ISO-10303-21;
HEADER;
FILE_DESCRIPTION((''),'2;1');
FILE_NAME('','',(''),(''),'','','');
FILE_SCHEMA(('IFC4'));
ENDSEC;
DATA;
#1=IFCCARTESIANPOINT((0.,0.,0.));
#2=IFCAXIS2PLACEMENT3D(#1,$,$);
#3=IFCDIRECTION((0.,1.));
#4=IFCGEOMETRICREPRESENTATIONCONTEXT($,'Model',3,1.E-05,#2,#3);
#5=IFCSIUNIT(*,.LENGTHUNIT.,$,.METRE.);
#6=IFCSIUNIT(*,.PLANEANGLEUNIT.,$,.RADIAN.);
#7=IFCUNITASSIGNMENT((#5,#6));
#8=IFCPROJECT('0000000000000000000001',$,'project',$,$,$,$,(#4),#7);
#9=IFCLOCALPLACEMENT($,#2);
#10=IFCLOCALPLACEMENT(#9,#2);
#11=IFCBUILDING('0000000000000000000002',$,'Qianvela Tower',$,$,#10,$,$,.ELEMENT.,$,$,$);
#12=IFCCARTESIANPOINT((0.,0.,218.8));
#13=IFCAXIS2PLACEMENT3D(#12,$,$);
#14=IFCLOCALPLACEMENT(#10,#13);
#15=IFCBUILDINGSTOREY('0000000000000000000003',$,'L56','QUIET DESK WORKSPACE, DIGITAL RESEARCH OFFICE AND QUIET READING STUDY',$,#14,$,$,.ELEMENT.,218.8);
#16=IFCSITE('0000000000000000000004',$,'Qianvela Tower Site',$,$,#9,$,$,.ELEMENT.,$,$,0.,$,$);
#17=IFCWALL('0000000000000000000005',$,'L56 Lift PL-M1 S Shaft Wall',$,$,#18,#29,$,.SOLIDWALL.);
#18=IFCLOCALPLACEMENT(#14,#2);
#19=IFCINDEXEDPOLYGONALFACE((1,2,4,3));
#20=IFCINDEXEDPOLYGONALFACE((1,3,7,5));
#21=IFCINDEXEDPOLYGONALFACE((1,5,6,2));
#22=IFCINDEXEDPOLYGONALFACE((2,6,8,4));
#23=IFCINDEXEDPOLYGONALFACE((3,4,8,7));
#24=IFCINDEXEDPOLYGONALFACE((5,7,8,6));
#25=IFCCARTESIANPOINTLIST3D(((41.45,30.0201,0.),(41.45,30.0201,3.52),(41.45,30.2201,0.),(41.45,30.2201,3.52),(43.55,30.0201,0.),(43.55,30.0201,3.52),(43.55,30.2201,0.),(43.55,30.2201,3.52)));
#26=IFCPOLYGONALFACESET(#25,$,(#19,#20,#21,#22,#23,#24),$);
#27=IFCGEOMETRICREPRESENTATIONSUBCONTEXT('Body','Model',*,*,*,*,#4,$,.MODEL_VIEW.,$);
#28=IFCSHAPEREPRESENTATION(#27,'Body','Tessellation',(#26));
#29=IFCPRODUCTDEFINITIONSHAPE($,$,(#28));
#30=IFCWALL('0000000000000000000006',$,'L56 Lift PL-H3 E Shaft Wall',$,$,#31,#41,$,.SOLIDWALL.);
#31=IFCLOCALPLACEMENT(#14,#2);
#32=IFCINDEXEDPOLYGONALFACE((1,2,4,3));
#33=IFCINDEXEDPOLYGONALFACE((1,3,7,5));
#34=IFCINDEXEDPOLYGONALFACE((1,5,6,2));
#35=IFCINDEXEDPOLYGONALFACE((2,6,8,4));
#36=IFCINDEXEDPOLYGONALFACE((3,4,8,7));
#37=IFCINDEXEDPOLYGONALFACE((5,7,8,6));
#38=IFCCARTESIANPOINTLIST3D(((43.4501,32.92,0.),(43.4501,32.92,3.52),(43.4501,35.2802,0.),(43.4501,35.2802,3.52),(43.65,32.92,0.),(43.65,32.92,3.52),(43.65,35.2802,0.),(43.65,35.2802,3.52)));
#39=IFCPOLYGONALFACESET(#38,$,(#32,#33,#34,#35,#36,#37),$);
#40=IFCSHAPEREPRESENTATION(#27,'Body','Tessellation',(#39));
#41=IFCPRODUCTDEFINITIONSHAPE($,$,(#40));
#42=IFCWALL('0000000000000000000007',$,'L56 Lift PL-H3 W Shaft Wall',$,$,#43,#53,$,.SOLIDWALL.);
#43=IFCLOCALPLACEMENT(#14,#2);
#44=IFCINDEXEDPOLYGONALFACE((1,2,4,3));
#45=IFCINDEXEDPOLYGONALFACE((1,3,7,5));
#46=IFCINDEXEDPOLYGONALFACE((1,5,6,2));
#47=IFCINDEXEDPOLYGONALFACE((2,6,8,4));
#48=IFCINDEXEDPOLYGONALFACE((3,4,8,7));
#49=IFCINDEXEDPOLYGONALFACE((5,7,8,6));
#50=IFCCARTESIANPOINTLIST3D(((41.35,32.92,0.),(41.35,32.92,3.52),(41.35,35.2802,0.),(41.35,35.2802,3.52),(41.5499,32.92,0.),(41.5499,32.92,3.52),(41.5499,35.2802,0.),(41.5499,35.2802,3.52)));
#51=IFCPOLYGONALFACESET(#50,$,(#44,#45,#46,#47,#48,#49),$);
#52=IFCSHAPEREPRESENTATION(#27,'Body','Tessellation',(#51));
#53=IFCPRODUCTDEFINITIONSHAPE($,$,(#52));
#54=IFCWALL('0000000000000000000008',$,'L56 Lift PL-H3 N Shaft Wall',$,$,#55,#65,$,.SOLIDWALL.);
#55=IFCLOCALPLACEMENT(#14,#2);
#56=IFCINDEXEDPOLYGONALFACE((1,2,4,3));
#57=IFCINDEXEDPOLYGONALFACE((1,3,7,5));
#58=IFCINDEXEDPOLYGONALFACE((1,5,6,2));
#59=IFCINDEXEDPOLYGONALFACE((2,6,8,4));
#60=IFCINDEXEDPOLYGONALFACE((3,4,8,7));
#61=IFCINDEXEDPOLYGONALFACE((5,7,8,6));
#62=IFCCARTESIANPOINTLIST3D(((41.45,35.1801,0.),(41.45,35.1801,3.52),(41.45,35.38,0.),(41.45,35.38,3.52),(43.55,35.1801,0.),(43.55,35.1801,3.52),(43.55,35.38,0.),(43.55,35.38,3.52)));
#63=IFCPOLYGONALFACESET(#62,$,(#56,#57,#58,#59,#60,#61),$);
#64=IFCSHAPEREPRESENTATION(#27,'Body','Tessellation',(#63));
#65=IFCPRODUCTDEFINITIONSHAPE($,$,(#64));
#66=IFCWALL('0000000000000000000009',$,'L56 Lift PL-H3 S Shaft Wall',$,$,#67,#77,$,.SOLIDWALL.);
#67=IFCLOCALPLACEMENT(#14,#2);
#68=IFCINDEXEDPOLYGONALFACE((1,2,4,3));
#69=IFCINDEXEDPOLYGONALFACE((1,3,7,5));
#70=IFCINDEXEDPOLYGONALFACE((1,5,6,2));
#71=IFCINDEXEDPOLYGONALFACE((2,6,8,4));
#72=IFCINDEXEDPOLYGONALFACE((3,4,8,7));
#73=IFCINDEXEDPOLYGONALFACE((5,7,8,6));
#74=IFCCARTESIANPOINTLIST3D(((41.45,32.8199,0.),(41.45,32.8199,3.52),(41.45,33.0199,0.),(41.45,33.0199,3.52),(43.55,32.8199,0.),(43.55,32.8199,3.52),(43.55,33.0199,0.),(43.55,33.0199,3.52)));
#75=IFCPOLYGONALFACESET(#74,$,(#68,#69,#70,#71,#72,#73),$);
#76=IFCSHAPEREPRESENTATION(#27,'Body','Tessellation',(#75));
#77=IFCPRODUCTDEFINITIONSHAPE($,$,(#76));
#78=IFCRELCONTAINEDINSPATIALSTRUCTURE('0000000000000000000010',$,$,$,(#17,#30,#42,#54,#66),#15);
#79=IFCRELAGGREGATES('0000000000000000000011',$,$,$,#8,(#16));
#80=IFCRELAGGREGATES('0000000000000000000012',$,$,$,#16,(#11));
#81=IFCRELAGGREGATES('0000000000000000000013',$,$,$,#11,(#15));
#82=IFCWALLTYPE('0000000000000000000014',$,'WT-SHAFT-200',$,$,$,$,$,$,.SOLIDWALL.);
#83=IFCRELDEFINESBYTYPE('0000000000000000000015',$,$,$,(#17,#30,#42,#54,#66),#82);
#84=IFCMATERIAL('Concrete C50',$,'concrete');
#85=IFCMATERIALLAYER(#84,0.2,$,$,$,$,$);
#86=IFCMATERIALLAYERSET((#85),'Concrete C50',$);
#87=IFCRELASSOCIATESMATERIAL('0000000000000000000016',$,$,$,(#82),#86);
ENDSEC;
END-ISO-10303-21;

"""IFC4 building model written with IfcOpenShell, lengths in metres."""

from ifc_helpers import new_model, si_unit, direction, frame, frame_2d, origin, place, context, subcontext, project, spatial, rectangle, extrude, material, layer, layer_set, type_object, element, save


model = new_model("IFC4")

# Units and contexts
model_context = context("Model", 3, precision=1e-05, world=origin(), true_north=direction((0.0, 1.0)))
body_context = subcontext(model_context, "Body", "Model", "MODEL_VIEW")
ifc_project = project(units=[si_unit("LENGTHUNIT", "METRE"), si_unit("PLANEANGLEUNIT", "RADIAN")], contexts=[model_context])

# Site, building, storey
site_placement = place(None, origin())
site = spatial("IfcSite", under=ifc_project, at=site_placement, Name="Qianvela Tower Site", CompositionType="ELEMENT", RefElevation=0.0)
building_placement = place(site_placement, origin())
building = spatial("IfcBuilding", under=site, at=building_placement, Name="Qianvela Tower", CompositionType="ELEMENT")
storey_placement = place(building_placement, frame((0.0, 0.0, 218.8)))
storey = spatial("IfcBuildingStorey", under=building, at=storey_placement, Name="L56", Description="QUIET DESK WORKSPACE, DIGITAL RESEARCH OFFICE AND QUIET READING STUDY", CompositionType="ELEMENT", Elevation=218.8)

# Shared definitions
ifc_material_1 = material(Name="Concrete C50", Category="concrete")
ifc_layer_1 = layer(ifc_material_1, 0.2)
ifc_layer_set_1 = layer_set([ifc_layer_1], Name="Concrete C50")
wall_type_1 = type_object("IfcWallType", Name="WT-SHAFT-200", PredefinedType="SOLIDWALL", material=ifc_layer_set_1)

# Walls
for number, where, z_axis, x_axis, name in (
    (1, (41.45, 30.1201, 0.0), (0.0, 0.0, 1.0), (1.0, 0.0, 0.0), "L56 Lift PL-M1 S Shaft Wall"),
):
    element("IfcWall", number, at=place(storey_placement, frame(where, z_axis=z_axis, x_axis=x_axis)), inside=storey, type_object=wall_type_1, Name=name, PredefinedType="SOLIDWALL", context=body_context, shape_type="SweptSolid", body=[
        extrude(rectangle(XDim=2.1001, YDim=0.2, at=frame_2d((1.05, 0.0))), origin(), (0.0, 0.0, 1.0), 3.52),
    ])
for number, where, z_axis, x_axis, name in (
    (2, (43.55, 32.9199, 0.0), (0.0, 0.0, 1.0), (0.0, 1.0, 0.0), "L56 Lift PL-H3 E Shaft Wall"),
    (3, (41.45, 32.9199, 0.0), (0.0, 0.0, 1.0), (0.0, 1.0, 0.0), "L56 Lift PL-H3 W Shaft Wall"),
):
    element("IfcWall", number, at=place(storey_placement, frame(where, z_axis=z_axis, x_axis=x_axis)), inside=storey, type_object=wall_type_1, Name=name, PredefinedType="SOLIDWALL", context=body_context, shape_type="SweptSolid", body=[
        extrude(rectangle(XDim=2.3601, YDim=0.2, at=frame_2d((1.1802, 0.0))), origin(), (0.0, 0.0, 1.0), 3.52),
    ])
for number, where, z_axis, x_axis, name in (
    (4, (41.45, 35.28, 0.0), (0.0, 0.0, 1.0), (1.0, 0.0, 0.0), "L56 Lift PL-H3 N Shaft Wall"),
    (5, (41.45, 32.9199, 0.0), (0.0, 0.0, 1.0), (1.0, 0.0, 0.0), "L56 Lift PL-H3 S Shaft Wall"),
):
    element("IfcWall", number, at=place(storey_placement, frame(where, z_axis=z_axis, x_axis=x_axis)), inside=storey, type_object=wall_type_1, Name=name, PredefinedType="SOLIDWALL", context=body_context, shape_type="SweptSolid", body=[
        extrude(rectangle(XDim=2.1001, YDim=0.2, at=frame_2d((1.05, 0.0))), origin(), (0.0, 0.0, 1.0), 3.52),
    ])

save(model, "model.ifc")
